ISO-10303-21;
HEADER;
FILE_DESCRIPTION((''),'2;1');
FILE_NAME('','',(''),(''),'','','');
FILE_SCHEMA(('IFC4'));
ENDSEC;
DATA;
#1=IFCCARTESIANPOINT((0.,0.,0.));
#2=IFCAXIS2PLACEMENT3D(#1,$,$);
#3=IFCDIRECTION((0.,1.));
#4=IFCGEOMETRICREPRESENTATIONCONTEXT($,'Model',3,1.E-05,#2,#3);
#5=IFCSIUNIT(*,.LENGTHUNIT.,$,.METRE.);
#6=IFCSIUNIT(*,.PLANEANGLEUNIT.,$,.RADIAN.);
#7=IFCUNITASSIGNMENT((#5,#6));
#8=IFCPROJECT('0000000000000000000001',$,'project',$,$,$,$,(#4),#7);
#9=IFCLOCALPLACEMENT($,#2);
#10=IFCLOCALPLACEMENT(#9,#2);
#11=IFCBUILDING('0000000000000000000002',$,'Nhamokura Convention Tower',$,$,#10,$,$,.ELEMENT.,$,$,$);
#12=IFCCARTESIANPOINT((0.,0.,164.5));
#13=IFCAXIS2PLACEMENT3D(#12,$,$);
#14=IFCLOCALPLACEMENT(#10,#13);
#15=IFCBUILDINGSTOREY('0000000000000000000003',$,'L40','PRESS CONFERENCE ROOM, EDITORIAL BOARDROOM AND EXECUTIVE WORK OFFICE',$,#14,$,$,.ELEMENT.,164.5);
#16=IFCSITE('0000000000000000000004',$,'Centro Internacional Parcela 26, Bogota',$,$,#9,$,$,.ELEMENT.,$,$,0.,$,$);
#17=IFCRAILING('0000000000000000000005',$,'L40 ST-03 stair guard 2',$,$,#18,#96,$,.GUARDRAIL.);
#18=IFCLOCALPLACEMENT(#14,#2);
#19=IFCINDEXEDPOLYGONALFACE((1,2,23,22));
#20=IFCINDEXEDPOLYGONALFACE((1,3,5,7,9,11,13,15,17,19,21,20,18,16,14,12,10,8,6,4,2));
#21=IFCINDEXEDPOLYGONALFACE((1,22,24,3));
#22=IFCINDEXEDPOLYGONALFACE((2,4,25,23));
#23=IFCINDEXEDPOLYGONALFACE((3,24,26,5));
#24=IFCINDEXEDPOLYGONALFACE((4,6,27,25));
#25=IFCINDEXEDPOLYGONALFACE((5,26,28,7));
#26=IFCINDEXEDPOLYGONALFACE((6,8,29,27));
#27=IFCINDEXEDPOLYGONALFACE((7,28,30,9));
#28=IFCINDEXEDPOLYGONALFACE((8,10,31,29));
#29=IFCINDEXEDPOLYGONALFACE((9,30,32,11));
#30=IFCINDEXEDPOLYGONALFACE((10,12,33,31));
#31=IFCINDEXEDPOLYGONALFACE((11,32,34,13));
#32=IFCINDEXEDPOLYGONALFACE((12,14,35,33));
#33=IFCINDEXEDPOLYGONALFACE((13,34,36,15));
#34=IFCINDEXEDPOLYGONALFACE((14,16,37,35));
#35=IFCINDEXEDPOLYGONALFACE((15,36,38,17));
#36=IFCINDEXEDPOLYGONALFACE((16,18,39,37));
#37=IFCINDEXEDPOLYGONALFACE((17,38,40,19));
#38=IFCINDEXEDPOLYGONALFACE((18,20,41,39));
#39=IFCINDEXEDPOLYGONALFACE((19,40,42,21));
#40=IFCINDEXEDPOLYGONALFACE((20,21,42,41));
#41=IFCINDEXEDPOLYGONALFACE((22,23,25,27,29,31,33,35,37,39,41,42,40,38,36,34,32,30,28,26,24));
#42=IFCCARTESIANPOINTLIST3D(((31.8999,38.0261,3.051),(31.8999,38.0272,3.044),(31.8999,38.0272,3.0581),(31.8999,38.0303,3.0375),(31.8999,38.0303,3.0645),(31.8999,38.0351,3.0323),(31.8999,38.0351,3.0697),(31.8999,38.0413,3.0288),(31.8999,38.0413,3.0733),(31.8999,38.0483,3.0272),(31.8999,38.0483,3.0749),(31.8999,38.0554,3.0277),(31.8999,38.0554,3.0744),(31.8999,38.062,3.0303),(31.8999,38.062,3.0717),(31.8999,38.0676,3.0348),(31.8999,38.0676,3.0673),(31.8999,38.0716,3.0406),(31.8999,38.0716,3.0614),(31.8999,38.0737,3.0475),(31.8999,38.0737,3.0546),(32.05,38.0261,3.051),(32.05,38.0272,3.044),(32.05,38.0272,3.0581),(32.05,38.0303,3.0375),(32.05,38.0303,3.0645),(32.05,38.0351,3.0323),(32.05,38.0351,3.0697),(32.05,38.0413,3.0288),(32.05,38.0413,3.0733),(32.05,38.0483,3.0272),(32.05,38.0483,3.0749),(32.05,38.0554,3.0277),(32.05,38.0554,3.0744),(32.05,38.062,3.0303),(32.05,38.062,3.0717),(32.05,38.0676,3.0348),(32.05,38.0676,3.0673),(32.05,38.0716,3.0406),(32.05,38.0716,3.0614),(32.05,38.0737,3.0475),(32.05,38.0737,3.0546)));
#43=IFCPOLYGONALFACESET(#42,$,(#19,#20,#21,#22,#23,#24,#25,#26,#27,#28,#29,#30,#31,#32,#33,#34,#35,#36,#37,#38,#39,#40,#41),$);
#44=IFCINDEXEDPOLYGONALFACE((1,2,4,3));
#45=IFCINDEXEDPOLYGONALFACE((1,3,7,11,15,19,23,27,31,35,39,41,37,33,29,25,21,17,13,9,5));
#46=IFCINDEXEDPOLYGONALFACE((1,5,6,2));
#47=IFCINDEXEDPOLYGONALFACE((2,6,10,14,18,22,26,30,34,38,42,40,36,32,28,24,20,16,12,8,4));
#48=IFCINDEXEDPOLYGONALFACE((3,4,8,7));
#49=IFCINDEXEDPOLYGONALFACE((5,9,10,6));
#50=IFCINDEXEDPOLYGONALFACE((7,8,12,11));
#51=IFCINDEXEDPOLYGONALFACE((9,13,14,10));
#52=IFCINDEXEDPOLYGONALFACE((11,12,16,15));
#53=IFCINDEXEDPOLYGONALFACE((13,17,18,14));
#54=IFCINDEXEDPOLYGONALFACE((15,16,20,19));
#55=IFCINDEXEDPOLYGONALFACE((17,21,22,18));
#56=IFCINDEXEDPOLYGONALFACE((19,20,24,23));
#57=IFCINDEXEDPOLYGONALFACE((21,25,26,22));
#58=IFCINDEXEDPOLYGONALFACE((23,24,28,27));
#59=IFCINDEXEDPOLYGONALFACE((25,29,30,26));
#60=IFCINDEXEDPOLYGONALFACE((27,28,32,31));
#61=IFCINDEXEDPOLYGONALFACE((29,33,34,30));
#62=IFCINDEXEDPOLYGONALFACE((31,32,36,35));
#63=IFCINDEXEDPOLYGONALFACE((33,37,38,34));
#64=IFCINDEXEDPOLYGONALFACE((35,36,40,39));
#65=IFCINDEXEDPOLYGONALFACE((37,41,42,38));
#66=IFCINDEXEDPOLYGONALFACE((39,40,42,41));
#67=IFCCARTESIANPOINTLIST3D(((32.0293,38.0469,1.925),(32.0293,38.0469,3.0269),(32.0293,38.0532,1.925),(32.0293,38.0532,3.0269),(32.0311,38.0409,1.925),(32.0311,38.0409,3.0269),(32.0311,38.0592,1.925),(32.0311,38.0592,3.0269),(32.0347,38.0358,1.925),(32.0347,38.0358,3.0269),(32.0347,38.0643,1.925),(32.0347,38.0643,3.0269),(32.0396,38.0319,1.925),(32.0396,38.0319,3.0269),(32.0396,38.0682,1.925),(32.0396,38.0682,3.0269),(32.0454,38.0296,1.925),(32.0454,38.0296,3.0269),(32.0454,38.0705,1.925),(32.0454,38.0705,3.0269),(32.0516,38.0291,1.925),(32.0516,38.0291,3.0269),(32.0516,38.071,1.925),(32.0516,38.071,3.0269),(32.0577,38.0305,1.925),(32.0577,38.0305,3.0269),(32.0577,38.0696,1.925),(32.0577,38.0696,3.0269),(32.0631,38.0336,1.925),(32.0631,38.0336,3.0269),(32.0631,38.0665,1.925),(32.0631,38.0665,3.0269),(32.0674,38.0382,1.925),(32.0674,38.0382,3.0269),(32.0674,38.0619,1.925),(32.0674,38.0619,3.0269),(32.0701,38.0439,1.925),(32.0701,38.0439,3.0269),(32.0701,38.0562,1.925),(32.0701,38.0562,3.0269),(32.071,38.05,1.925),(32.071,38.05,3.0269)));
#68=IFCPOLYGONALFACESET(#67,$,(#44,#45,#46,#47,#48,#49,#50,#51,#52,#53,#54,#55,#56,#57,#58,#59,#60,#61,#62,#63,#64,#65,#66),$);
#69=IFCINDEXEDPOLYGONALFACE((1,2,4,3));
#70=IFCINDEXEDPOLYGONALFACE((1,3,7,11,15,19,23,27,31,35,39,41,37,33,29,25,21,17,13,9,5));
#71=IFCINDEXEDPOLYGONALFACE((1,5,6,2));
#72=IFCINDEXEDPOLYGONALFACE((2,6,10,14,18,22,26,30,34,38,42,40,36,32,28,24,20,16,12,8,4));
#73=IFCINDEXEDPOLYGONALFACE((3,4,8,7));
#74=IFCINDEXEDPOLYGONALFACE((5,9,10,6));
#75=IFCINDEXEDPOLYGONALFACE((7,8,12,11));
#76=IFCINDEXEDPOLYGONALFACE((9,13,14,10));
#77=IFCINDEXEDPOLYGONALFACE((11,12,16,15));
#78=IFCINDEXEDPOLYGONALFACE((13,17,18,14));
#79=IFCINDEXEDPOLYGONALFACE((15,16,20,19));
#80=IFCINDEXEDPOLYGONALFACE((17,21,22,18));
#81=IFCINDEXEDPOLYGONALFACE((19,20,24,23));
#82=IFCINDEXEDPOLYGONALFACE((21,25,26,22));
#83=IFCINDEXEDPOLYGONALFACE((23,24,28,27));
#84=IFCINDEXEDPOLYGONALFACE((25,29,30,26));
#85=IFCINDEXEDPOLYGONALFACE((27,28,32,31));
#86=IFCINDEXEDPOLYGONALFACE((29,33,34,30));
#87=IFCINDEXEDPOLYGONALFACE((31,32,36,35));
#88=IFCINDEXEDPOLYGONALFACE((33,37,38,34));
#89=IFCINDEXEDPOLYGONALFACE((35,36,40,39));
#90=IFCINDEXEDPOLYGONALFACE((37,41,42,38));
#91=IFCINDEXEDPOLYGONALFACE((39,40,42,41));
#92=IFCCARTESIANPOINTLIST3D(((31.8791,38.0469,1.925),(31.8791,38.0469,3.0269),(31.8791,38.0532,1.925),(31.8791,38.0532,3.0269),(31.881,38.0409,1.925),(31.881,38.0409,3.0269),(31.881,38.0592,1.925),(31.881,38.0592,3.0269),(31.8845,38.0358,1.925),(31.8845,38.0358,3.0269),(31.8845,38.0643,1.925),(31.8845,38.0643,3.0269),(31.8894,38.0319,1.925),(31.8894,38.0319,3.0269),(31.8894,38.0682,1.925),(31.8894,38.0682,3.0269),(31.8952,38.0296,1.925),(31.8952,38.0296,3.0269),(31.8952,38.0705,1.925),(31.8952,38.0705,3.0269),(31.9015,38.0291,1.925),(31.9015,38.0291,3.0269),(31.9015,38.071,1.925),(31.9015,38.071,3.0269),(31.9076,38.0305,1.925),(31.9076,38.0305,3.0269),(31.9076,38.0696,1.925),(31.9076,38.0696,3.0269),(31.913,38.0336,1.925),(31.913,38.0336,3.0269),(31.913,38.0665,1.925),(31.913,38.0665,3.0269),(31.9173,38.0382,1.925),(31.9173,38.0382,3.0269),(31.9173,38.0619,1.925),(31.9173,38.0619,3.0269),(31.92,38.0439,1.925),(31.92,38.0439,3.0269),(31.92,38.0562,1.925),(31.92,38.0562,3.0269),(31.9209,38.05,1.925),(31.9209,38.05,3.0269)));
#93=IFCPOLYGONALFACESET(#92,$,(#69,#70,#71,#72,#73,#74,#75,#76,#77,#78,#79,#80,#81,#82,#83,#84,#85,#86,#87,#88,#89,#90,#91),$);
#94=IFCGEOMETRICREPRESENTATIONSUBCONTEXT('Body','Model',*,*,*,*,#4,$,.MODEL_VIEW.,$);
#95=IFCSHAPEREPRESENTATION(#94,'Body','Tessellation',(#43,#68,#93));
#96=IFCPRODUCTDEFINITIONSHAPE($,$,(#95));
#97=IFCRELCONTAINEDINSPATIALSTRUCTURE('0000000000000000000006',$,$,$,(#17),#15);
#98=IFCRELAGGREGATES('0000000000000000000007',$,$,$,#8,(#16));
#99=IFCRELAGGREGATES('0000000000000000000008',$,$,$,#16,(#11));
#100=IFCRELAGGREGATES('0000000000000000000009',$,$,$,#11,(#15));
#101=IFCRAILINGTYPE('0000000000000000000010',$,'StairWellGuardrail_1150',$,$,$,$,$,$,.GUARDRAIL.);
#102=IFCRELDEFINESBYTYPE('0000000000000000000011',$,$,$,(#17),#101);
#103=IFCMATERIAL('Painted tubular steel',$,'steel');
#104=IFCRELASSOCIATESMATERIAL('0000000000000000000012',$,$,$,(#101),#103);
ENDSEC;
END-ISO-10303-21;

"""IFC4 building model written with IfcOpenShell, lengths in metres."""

from ifc_helpers import new_model, si_unit, direction, frame, origin, origin_2d, place, context, subcontext, project, spatial, circle, extrude, material, type_object, element, save


model = new_model("IFC4")

# Units and contexts
model_context = context("Model", 3, precision=1e-05, world=origin(), true_north=direction((0.0, 1.0)))
body_context = subcontext(model_context, "Body", "Model", "MODEL_VIEW")
ifc_project = project(units=[si_unit("LENGTHUNIT", "METRE"), si_unit("PLANEANGLEUNIT", "RADIAN")], contexts=[model_context])

# Site, building, storey
site_placement = place(None, origin())
site = spatial("IfcSite", under=ifc_project, at=site_placement, Name="Centro Internacional Parcela 26, Bogota", CompositionType="ELEMENT", RefElevation=0.0)
building_placement = place(site_placement, origin())
building = spatial("IfcBuilding", under=site, at=building_placement, Name="Nhamokura Convention Tower", CompositionType="ELEMENT")
storey_placement = place(building_placement, frame((0.0, 0.0, 164.5)))
storey = spatial("IfcBuildingStorey", under=building, at=storey_placement, Name="L40", Description="PRESS CONFERENCE ROOM, EDITORIAL BOARDROOM AND EXECUTIVE WORK OFFICE", CompositionType="ELEMENT", Elevation=164.5)

# Railing
ifc_material_1 = material(Name="Painted tubular steel", Category="steel")
railing_type = type_object("IfcRailingType", Name="StairWellGuardrail_1150", PredefinedType="GUARDRAIL", material=ifc_material_1)
railing_1_placement = place(storey_placement, frame((32.05, 38.05, 1.925)))
element("IfcRailing", 1, at=railing_1_placement, inside=storey, type_object=railing_type, Name="L40 ST-03 stair guard 2", PredefinedType="GUARDRAIL", context=body_context, shape_type="SweptSolid", body=[
    extrude(circle(Radius=0.0239, at=origin_2d()), frame((0.0, 0.0, 1.126), z_axis=(-1.0, 0.0, 0.0), x_axis=(0.0, -1.0, 0.0)), (0.0, 0.0, 1.0), 0.1501),
    extrude(circle(Radius=0.021, at=origin_2d()), origin(), (0.0, 0.0, 1.0), 1.1018),
    extrude(circle(Radius=0.021, at=origin_2d()), frame((-0.1501, 0.0, 0.0)), (0.0, 0.0, 1.0), 1.1018),
])

save(model, "model.ifc")
